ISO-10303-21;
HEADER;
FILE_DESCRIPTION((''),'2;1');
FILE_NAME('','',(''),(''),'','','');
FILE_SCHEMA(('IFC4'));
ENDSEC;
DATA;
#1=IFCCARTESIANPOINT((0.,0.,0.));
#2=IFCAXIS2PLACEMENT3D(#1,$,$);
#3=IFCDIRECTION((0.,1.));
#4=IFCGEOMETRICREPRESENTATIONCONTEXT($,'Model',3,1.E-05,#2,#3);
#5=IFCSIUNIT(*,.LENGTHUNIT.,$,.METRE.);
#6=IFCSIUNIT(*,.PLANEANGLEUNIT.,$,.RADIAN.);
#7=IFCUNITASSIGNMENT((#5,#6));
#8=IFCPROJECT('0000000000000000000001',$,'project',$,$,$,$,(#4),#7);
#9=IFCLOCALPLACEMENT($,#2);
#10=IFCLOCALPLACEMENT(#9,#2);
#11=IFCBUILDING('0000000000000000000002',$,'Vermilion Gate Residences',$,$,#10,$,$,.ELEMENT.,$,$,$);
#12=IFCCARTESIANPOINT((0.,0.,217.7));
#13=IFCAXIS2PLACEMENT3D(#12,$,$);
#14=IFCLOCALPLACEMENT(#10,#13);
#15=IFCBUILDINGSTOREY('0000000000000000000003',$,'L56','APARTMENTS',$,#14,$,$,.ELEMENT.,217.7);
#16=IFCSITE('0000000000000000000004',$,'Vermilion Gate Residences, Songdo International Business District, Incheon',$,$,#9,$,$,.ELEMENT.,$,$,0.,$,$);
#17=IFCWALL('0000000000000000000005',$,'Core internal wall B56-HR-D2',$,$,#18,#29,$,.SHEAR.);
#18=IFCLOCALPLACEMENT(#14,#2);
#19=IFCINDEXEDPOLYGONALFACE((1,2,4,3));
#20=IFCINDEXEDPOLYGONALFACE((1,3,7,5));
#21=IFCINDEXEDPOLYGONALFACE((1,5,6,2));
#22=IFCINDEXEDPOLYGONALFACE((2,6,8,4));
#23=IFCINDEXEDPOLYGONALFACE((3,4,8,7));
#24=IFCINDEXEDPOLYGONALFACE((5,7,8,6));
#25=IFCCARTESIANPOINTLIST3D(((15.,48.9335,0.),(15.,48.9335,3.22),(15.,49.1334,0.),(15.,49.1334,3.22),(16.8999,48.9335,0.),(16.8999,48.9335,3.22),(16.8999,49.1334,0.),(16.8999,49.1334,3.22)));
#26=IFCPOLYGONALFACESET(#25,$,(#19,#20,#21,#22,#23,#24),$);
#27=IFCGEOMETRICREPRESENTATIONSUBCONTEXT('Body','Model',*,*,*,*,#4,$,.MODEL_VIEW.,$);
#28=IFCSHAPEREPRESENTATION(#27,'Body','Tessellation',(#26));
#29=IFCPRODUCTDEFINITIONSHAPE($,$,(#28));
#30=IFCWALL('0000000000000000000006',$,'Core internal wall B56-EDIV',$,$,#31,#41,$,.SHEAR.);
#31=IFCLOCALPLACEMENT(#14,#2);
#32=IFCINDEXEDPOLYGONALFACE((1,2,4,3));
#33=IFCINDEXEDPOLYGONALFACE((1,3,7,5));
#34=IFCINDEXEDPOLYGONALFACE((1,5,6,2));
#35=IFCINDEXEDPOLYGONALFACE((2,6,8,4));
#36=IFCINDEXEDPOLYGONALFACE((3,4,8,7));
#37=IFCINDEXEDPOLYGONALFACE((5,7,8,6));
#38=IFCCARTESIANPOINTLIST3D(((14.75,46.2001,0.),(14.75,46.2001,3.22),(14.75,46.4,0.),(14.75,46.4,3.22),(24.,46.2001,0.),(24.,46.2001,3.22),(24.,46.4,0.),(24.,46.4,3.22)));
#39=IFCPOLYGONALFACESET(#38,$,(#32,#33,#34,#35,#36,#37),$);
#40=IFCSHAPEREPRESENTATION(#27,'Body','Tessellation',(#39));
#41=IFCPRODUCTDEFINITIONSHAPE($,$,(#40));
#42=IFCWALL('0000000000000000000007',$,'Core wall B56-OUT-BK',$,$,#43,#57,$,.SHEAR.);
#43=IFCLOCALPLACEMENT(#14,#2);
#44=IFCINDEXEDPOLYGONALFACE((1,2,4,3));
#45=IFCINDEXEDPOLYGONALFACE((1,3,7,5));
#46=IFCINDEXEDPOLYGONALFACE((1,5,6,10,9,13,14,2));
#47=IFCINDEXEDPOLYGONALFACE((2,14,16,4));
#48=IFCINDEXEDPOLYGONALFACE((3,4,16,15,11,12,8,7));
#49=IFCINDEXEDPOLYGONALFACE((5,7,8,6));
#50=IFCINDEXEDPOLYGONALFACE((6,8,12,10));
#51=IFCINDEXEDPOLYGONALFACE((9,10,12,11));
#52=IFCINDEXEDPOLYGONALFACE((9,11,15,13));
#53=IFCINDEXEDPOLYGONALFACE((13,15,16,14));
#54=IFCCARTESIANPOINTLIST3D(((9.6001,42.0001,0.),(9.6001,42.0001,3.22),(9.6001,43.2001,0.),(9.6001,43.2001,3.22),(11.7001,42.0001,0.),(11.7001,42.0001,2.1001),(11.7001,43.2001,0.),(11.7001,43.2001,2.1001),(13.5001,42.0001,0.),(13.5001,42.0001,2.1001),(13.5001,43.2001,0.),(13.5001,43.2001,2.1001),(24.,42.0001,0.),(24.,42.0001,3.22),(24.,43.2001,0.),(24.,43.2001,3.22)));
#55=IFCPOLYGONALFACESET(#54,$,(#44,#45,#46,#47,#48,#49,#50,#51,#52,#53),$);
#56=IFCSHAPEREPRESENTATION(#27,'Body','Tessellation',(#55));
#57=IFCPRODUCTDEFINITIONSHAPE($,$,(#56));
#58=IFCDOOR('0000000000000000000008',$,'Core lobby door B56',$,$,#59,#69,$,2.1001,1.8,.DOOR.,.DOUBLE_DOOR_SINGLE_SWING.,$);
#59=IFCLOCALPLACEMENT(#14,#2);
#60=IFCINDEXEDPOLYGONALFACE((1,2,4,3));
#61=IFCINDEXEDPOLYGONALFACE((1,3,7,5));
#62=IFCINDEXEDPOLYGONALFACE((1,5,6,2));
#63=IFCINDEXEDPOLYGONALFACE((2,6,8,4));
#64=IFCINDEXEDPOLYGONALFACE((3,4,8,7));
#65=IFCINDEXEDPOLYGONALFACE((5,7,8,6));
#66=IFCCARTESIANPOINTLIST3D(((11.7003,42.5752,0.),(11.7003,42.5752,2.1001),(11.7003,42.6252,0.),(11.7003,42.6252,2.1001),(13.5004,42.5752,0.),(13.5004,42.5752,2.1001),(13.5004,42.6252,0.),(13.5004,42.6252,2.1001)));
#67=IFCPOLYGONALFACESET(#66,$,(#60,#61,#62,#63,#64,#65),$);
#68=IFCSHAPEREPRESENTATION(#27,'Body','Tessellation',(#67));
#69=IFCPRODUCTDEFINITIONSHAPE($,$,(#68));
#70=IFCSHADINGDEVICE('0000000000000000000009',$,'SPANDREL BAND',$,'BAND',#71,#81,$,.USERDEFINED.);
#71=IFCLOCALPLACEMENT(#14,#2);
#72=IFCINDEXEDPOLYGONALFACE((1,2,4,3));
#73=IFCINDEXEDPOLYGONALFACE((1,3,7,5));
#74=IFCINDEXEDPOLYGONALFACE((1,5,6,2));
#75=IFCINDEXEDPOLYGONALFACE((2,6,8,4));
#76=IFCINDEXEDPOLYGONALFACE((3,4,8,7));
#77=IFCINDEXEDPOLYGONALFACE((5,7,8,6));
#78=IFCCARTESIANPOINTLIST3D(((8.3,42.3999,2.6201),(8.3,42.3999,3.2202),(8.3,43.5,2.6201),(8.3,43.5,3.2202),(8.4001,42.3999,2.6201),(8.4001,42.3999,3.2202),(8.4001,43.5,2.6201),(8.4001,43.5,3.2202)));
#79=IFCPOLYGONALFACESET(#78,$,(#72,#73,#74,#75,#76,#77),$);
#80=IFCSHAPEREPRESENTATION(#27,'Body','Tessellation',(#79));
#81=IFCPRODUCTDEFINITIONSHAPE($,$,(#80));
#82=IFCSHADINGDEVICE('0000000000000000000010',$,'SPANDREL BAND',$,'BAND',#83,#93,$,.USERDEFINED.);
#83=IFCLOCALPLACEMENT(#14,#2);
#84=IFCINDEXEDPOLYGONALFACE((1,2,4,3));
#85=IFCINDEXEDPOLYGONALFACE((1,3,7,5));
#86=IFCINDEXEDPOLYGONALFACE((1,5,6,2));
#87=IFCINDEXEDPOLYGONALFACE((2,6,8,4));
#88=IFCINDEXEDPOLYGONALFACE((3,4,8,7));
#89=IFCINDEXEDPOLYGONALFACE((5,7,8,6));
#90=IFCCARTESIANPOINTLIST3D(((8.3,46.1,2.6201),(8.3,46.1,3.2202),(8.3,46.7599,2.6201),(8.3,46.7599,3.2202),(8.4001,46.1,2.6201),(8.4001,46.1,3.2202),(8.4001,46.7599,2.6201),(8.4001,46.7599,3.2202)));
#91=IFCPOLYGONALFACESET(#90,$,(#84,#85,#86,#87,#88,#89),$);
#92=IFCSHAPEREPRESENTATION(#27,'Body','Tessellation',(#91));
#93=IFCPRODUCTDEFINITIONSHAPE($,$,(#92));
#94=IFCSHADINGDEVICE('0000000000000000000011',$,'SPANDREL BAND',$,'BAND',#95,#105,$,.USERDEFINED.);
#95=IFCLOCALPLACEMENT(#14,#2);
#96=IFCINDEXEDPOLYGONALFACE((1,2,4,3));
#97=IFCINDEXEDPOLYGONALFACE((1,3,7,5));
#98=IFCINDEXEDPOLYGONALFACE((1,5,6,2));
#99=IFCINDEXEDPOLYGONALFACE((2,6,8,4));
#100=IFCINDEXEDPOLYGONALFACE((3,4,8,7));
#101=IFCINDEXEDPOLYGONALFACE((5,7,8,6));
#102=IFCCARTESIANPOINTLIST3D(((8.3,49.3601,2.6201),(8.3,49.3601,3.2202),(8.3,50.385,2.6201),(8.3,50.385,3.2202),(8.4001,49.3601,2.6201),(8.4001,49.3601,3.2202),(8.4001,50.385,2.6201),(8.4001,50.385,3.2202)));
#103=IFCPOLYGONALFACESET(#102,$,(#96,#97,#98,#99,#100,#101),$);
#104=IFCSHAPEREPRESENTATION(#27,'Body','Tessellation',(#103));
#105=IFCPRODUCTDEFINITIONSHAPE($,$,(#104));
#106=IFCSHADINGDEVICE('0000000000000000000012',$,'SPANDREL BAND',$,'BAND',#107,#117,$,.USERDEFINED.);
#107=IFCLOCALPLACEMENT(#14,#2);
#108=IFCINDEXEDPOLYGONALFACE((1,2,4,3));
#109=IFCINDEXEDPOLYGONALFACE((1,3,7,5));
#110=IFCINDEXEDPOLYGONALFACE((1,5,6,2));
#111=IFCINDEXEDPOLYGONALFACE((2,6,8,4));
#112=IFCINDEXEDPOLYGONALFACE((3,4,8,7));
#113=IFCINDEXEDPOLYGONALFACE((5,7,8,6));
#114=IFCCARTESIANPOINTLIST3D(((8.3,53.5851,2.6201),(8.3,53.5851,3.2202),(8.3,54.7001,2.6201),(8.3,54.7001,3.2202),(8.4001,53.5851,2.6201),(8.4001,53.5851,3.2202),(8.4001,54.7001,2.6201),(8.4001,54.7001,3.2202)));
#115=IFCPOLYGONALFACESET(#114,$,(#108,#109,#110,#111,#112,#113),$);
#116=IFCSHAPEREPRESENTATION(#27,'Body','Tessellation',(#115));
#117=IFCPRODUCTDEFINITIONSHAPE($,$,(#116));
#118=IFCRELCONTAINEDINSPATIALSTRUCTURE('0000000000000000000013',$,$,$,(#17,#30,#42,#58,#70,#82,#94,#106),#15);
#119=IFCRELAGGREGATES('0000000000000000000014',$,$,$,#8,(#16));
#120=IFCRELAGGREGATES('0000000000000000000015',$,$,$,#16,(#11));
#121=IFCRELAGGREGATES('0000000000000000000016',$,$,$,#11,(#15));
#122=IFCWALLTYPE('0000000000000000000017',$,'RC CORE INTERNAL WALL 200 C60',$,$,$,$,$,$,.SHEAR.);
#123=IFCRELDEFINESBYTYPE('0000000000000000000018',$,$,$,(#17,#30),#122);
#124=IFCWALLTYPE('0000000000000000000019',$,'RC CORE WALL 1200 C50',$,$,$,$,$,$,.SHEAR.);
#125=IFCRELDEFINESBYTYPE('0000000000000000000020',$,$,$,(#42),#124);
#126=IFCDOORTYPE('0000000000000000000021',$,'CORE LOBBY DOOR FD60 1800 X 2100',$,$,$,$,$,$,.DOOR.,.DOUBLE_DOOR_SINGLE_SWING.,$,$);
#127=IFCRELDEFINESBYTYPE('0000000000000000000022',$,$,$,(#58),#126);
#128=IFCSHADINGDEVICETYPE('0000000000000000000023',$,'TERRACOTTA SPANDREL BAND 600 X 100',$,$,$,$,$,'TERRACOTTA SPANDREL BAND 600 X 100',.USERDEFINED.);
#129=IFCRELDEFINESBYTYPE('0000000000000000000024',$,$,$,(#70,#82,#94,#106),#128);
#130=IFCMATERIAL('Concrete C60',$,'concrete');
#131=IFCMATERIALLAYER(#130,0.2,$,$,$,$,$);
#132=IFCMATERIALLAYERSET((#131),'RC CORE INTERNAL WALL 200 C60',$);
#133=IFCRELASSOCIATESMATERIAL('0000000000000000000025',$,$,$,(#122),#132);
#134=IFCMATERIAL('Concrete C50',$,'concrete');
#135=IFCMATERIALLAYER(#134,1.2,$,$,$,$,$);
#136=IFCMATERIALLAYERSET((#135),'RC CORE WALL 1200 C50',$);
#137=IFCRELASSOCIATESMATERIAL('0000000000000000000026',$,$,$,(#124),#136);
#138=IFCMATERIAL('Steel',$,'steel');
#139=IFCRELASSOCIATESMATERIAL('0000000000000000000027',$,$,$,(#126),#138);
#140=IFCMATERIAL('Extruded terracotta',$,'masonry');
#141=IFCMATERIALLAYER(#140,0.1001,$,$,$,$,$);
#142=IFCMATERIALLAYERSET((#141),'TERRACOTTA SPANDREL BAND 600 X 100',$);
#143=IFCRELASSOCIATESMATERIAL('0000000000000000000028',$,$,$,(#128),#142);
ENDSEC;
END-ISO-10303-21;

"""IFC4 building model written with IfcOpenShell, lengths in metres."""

from ifc_helpers import new_model, si_unit, direction, frame, frame_2d, origin, origin_2d, place, context, subcontext, project, spatial, rectangle, extrude, material, layer, layer_set, type_object, element, fill, save


model = new_model("IFC4")

# Units and contexts
model_context = context("Model", 3, precision=1e-05, world=origin(), true_north=direction((0.0, 1.0)))
body_context = subcontext(model_context, "Body", "Model", "MODEL_VIEW")
ifc_project = project(units=[si_unit("LENGTHUNIT", "METRE"), si_unit("PLANEANGLEUNIT", "RADIAN")], contexts=[model_context])

# Site, building, storey
site_placement = place(None, origin())
site = spatial("IfcSite", under=ifc_project, at=site_placement, Name="Vermilion Gate Residences, Songdo International Business District, Incheon", CompositionType="ELEMENT", RefElevation=0.0)
building_placement = place(site_placement, origin())
building = spatial("IfcBuilding", under=site, at=building_placement, Name="Vermilion Gate Residences", CompositionType="ELEMENT")
storey_placement = place(building_placement, frame((0.0, 0.0, 217.7)))
storey = spatial("IfcBuildingStorey", under=building, at=storey_placement, Name="L56", Description="APARTMENTS", CompositionType="ELEMENT", Elevation=217.7)

# Walls
ifc_material_1 = material(Name="Concrete C60", Category="concrete")
ifc_layer_1 = layer(ifc_material_1, 0.2)
ifc_layer_set_1 = layer_set([ifc_layer_1], Name="RC CORE INTERNAL WALL 200 C60")
wall_type_1 = type_object("IfcWallType", Name="RC CORE INTERNAL WALL 200 C60", PredefinedType="SHEAR", material=ifc_layer_set_1)
for number, where, z_axis, x_axis, name in (
    (1, (15.0, 49.0334, 0.0), (0.0, 0.0, 1.0), (1.0, 0.0, 0.0), "Core internal wall B56-HR-D2"),
):
    element("IfcWall", number, at=place(storey_placement, frame(where, z_axis=z_axis, x_axis=x_axis)), inside=storey, type_object=wall_type_1, Name=name, PredefinedType="SHEAR", context=body_context, shape_type="SweptSolid", body=[
        extrude(rectangle(XDim=1.8999, YDim=0.2, at=frame_2d((0.95, 0.0))), origin(), (0.0, 0.0, 1.0), 3.22),
    ])
wall_1_placement = place(storey_placement, frame((14.75, 46.3, 0.0), z_axis=(0.0, 0.0, 1.0), x_axis=(1.0, 0.0, 0.0)))
element("IfcWall", 2, at=wall_1_placement, inside=storey, type_object=wall_type_1, Name="Core internal wall B56-EDIV", PredefinedType="SHEAR", context=body_context, shape_type="SweptSolid", body=[
    extrude(rectangle(XDim=9.25, YDim=0.2, at=frame_2d((4.625, 0.0))), origin(), (0.0, 0.0, 1.0), 3.22),
])

# Wall, opening, door
ifc_material_2 = material(Name="Concrete C50", Category="concrete")
ifc_layer_2 = layer(ifc_material_2, 1.2)
ifc_layer_set_2 = layer_set([ifc_layer_2], Name="RC CORE WALL 1200 C50")
wall_type_2 = type_object("IfcWallType", Name="RC CORE WALL 1200 C50", PredefinedType="SHEAR", material=ifc_layer_set_2)
wall_2_placement = place(storey_placement, frame((9.6001, 42.6001, 0.0), z_axis=(0.0, 0.0, 1.0), x_axis=(1.0, 0.0, 0.0)))
wall_2 = element("IfcWall", 3, at=wall_2_placement, inside=storey, type_object=wall_type_2, Name="Core wall B56-OUT-BK", PredefinedType="SHEAR", context=body_context, shape_type="SweptSolid", body=[
    extrude(rectangle(XDim=14.3999, YDim=1.2, at=frame_2d((7.2, 0.0))), origin(), (0.0, 0.0, 1.0), 3.22),
])
opening_1_placement = place(wall_2_placement, frame((2.1001, 0.0, 0.0)))
opening_1 = element("IfcOpeningElement", 4, at=opening_1_placement, cuts=wall_2, PredefinedType="OPENING", context=body_context, shape_type="SweptSolid", body=[
    extrude(rectangle(XDim=1.8, YDim=2.1001, at=frame_2d((0.8999, 1.05))), frame((0.0, 0.6099, 0.0), z_axis=(0.0, -1.0, 0.0), x_axis=(1.0, 0.0, 0.0)), (0.0, 0.0, 1.0), 1.22),
])
ifc_material_3 = material(Name="Steel", Category="steel")
door_type_1 = type_object("IfcDoorType", Name="CORE LOBBY DOOR FD60 1800 X 2100", OperationType="DOUBLE_DOOR_SINGLE_SWING", PredefinedType="DOOR", material=ifc_material_3)
door_1_placement = place(opening_1_placement, frame((1.8, 0.0, 0.0), z_axis=(0.0, 0.0, 1.0), x_axis=(-1.0, 0.0, 0.0)))
door_1 = element("IfcDoor", 5, at=door_1_placement, inside=storey, type_object=door_type_1, Name="Core lobby door B56", OperationType="DOUBLE_DOOR_SINGLE_SWING", OverallHeight=2.1001, OverallWidth=1.8, PredefinedType="DOOR", context=body_context, shape_type="SweptSolid", body=[
    extrude(rectangle(XDim=1.8, YDim=2.1001, at=frame_2d((0.8999, 1.05))), frame((0.0, 0.0249, 0.0), z_axis=(0.0, -1.0, 0.0), x_axis=(1.0, 0.0, 0.0)), (0.0, 0.0, 1.0), 0.05),
])
fill(opening_1, door_1)

# Shading devices
ifc_material_4 = material(Name="Extruded terracotta", Category="masonry")
ifc_layer_3 = layer(ifc_material_4, 0.1001)
ifc_layer_set_3 = layer_set([ifc_layer_3], Name="TERRACOTTA SPANDREL BAND 600 X 100")
shading_device_type = type_object("IfcShadingDeviceType", Name="TERRACOTTA SPANDREL BAND 600 X 100", ElementType="TERRACOTTA SPANDREL BAND 600 X 100", PredefinedType="USERDEFINED", material=ifc_layer_set_3)
shading_device_1_placement = place(storey_placement, frame((8.3501, 42.95, 2.6201), z_axis=(0.0, 0.0, 1.0), x_axis=(0.0, 1.0, 0.0)))
element("IfcShadingDevice", 6, at=shading_device_1_placement, inside=storey, type_object=shading_device_type, Name="SPANDREL BAND", ObjectType="BAND", PredefinedType="USERDEFINED", context=body_context, shape_type="SweptSolid", body=[
    extrude(rectangle(XDim=1.1001, YDim=0.1001, at=origin_2d()), origin(), (0.0, 0.0, 1.0), 0.6001),
])
shading_device_2_placement = place(storey_placement, frame((8.3501, 46.4299, 2.6201), z_axis=(0.0, 0.0, 1.0), x_axis=(0.0, 1.0, 0.0)))
element("IfcShadingDevice", 7, at=shading_device_2_placement, inside=storey, type_object=shading_device_type, Name="SPANDREL BAND", ObjectType="BAND", PredefinedType="USERDEFINED", context=body_context, shape_type="SweptSolid", body=[
    extrude(rectangle(XDim=0.6599, YDim=0.1001, at=origin_2d()), origin(), (0.0, 0.0, 1.0), 0.6001),
])
shading_device_3_placement = place(storey_placement, frame((8.3501, 49.8726, 2.6201), z_axis=(0.0, 0.0, 1.0), x_axis=(0.0, 1.0, 0.0)))
element("IfcShadingDevice", 8, at=shading_device_3_placement, inside=storey, type_object=shading_device_type, Name="SPANDREL BAND", ObjectType="BAND", PredefinedType="USERDEFINED", context=body_context, shape_type="SweptSolid", body=[
    extrude(rectangle(XDim=1.0249, YDim=0.1001, at=origin_2d()), origin(), (0.0, 0.0, 1.0), 0.6001),
])
shading_device_4_placement = place(storey_placement, frame((8.3501, 54.1426, 2.6201), z_axis=(0.0, 0.0, 1.0), x_axis=(0.0, 1.0, 0.0)))
element("IfcShadingDevice", 9, at=shading_device_4_placement, inside=storey, type_object=shading_device_type, Name="SPANDREL BAND", ObjectType="BAND", PredefinedType="USERDEFINED", context=body_context, shape_type="SweptSolid", body=[
    extrude(rectangle(XDim=1.115, YDim=0.1001, at=origin_2d()), origin(), (0.0, 0.0, 1.0), 0.6001),
])

save(model, "model.ifc")
